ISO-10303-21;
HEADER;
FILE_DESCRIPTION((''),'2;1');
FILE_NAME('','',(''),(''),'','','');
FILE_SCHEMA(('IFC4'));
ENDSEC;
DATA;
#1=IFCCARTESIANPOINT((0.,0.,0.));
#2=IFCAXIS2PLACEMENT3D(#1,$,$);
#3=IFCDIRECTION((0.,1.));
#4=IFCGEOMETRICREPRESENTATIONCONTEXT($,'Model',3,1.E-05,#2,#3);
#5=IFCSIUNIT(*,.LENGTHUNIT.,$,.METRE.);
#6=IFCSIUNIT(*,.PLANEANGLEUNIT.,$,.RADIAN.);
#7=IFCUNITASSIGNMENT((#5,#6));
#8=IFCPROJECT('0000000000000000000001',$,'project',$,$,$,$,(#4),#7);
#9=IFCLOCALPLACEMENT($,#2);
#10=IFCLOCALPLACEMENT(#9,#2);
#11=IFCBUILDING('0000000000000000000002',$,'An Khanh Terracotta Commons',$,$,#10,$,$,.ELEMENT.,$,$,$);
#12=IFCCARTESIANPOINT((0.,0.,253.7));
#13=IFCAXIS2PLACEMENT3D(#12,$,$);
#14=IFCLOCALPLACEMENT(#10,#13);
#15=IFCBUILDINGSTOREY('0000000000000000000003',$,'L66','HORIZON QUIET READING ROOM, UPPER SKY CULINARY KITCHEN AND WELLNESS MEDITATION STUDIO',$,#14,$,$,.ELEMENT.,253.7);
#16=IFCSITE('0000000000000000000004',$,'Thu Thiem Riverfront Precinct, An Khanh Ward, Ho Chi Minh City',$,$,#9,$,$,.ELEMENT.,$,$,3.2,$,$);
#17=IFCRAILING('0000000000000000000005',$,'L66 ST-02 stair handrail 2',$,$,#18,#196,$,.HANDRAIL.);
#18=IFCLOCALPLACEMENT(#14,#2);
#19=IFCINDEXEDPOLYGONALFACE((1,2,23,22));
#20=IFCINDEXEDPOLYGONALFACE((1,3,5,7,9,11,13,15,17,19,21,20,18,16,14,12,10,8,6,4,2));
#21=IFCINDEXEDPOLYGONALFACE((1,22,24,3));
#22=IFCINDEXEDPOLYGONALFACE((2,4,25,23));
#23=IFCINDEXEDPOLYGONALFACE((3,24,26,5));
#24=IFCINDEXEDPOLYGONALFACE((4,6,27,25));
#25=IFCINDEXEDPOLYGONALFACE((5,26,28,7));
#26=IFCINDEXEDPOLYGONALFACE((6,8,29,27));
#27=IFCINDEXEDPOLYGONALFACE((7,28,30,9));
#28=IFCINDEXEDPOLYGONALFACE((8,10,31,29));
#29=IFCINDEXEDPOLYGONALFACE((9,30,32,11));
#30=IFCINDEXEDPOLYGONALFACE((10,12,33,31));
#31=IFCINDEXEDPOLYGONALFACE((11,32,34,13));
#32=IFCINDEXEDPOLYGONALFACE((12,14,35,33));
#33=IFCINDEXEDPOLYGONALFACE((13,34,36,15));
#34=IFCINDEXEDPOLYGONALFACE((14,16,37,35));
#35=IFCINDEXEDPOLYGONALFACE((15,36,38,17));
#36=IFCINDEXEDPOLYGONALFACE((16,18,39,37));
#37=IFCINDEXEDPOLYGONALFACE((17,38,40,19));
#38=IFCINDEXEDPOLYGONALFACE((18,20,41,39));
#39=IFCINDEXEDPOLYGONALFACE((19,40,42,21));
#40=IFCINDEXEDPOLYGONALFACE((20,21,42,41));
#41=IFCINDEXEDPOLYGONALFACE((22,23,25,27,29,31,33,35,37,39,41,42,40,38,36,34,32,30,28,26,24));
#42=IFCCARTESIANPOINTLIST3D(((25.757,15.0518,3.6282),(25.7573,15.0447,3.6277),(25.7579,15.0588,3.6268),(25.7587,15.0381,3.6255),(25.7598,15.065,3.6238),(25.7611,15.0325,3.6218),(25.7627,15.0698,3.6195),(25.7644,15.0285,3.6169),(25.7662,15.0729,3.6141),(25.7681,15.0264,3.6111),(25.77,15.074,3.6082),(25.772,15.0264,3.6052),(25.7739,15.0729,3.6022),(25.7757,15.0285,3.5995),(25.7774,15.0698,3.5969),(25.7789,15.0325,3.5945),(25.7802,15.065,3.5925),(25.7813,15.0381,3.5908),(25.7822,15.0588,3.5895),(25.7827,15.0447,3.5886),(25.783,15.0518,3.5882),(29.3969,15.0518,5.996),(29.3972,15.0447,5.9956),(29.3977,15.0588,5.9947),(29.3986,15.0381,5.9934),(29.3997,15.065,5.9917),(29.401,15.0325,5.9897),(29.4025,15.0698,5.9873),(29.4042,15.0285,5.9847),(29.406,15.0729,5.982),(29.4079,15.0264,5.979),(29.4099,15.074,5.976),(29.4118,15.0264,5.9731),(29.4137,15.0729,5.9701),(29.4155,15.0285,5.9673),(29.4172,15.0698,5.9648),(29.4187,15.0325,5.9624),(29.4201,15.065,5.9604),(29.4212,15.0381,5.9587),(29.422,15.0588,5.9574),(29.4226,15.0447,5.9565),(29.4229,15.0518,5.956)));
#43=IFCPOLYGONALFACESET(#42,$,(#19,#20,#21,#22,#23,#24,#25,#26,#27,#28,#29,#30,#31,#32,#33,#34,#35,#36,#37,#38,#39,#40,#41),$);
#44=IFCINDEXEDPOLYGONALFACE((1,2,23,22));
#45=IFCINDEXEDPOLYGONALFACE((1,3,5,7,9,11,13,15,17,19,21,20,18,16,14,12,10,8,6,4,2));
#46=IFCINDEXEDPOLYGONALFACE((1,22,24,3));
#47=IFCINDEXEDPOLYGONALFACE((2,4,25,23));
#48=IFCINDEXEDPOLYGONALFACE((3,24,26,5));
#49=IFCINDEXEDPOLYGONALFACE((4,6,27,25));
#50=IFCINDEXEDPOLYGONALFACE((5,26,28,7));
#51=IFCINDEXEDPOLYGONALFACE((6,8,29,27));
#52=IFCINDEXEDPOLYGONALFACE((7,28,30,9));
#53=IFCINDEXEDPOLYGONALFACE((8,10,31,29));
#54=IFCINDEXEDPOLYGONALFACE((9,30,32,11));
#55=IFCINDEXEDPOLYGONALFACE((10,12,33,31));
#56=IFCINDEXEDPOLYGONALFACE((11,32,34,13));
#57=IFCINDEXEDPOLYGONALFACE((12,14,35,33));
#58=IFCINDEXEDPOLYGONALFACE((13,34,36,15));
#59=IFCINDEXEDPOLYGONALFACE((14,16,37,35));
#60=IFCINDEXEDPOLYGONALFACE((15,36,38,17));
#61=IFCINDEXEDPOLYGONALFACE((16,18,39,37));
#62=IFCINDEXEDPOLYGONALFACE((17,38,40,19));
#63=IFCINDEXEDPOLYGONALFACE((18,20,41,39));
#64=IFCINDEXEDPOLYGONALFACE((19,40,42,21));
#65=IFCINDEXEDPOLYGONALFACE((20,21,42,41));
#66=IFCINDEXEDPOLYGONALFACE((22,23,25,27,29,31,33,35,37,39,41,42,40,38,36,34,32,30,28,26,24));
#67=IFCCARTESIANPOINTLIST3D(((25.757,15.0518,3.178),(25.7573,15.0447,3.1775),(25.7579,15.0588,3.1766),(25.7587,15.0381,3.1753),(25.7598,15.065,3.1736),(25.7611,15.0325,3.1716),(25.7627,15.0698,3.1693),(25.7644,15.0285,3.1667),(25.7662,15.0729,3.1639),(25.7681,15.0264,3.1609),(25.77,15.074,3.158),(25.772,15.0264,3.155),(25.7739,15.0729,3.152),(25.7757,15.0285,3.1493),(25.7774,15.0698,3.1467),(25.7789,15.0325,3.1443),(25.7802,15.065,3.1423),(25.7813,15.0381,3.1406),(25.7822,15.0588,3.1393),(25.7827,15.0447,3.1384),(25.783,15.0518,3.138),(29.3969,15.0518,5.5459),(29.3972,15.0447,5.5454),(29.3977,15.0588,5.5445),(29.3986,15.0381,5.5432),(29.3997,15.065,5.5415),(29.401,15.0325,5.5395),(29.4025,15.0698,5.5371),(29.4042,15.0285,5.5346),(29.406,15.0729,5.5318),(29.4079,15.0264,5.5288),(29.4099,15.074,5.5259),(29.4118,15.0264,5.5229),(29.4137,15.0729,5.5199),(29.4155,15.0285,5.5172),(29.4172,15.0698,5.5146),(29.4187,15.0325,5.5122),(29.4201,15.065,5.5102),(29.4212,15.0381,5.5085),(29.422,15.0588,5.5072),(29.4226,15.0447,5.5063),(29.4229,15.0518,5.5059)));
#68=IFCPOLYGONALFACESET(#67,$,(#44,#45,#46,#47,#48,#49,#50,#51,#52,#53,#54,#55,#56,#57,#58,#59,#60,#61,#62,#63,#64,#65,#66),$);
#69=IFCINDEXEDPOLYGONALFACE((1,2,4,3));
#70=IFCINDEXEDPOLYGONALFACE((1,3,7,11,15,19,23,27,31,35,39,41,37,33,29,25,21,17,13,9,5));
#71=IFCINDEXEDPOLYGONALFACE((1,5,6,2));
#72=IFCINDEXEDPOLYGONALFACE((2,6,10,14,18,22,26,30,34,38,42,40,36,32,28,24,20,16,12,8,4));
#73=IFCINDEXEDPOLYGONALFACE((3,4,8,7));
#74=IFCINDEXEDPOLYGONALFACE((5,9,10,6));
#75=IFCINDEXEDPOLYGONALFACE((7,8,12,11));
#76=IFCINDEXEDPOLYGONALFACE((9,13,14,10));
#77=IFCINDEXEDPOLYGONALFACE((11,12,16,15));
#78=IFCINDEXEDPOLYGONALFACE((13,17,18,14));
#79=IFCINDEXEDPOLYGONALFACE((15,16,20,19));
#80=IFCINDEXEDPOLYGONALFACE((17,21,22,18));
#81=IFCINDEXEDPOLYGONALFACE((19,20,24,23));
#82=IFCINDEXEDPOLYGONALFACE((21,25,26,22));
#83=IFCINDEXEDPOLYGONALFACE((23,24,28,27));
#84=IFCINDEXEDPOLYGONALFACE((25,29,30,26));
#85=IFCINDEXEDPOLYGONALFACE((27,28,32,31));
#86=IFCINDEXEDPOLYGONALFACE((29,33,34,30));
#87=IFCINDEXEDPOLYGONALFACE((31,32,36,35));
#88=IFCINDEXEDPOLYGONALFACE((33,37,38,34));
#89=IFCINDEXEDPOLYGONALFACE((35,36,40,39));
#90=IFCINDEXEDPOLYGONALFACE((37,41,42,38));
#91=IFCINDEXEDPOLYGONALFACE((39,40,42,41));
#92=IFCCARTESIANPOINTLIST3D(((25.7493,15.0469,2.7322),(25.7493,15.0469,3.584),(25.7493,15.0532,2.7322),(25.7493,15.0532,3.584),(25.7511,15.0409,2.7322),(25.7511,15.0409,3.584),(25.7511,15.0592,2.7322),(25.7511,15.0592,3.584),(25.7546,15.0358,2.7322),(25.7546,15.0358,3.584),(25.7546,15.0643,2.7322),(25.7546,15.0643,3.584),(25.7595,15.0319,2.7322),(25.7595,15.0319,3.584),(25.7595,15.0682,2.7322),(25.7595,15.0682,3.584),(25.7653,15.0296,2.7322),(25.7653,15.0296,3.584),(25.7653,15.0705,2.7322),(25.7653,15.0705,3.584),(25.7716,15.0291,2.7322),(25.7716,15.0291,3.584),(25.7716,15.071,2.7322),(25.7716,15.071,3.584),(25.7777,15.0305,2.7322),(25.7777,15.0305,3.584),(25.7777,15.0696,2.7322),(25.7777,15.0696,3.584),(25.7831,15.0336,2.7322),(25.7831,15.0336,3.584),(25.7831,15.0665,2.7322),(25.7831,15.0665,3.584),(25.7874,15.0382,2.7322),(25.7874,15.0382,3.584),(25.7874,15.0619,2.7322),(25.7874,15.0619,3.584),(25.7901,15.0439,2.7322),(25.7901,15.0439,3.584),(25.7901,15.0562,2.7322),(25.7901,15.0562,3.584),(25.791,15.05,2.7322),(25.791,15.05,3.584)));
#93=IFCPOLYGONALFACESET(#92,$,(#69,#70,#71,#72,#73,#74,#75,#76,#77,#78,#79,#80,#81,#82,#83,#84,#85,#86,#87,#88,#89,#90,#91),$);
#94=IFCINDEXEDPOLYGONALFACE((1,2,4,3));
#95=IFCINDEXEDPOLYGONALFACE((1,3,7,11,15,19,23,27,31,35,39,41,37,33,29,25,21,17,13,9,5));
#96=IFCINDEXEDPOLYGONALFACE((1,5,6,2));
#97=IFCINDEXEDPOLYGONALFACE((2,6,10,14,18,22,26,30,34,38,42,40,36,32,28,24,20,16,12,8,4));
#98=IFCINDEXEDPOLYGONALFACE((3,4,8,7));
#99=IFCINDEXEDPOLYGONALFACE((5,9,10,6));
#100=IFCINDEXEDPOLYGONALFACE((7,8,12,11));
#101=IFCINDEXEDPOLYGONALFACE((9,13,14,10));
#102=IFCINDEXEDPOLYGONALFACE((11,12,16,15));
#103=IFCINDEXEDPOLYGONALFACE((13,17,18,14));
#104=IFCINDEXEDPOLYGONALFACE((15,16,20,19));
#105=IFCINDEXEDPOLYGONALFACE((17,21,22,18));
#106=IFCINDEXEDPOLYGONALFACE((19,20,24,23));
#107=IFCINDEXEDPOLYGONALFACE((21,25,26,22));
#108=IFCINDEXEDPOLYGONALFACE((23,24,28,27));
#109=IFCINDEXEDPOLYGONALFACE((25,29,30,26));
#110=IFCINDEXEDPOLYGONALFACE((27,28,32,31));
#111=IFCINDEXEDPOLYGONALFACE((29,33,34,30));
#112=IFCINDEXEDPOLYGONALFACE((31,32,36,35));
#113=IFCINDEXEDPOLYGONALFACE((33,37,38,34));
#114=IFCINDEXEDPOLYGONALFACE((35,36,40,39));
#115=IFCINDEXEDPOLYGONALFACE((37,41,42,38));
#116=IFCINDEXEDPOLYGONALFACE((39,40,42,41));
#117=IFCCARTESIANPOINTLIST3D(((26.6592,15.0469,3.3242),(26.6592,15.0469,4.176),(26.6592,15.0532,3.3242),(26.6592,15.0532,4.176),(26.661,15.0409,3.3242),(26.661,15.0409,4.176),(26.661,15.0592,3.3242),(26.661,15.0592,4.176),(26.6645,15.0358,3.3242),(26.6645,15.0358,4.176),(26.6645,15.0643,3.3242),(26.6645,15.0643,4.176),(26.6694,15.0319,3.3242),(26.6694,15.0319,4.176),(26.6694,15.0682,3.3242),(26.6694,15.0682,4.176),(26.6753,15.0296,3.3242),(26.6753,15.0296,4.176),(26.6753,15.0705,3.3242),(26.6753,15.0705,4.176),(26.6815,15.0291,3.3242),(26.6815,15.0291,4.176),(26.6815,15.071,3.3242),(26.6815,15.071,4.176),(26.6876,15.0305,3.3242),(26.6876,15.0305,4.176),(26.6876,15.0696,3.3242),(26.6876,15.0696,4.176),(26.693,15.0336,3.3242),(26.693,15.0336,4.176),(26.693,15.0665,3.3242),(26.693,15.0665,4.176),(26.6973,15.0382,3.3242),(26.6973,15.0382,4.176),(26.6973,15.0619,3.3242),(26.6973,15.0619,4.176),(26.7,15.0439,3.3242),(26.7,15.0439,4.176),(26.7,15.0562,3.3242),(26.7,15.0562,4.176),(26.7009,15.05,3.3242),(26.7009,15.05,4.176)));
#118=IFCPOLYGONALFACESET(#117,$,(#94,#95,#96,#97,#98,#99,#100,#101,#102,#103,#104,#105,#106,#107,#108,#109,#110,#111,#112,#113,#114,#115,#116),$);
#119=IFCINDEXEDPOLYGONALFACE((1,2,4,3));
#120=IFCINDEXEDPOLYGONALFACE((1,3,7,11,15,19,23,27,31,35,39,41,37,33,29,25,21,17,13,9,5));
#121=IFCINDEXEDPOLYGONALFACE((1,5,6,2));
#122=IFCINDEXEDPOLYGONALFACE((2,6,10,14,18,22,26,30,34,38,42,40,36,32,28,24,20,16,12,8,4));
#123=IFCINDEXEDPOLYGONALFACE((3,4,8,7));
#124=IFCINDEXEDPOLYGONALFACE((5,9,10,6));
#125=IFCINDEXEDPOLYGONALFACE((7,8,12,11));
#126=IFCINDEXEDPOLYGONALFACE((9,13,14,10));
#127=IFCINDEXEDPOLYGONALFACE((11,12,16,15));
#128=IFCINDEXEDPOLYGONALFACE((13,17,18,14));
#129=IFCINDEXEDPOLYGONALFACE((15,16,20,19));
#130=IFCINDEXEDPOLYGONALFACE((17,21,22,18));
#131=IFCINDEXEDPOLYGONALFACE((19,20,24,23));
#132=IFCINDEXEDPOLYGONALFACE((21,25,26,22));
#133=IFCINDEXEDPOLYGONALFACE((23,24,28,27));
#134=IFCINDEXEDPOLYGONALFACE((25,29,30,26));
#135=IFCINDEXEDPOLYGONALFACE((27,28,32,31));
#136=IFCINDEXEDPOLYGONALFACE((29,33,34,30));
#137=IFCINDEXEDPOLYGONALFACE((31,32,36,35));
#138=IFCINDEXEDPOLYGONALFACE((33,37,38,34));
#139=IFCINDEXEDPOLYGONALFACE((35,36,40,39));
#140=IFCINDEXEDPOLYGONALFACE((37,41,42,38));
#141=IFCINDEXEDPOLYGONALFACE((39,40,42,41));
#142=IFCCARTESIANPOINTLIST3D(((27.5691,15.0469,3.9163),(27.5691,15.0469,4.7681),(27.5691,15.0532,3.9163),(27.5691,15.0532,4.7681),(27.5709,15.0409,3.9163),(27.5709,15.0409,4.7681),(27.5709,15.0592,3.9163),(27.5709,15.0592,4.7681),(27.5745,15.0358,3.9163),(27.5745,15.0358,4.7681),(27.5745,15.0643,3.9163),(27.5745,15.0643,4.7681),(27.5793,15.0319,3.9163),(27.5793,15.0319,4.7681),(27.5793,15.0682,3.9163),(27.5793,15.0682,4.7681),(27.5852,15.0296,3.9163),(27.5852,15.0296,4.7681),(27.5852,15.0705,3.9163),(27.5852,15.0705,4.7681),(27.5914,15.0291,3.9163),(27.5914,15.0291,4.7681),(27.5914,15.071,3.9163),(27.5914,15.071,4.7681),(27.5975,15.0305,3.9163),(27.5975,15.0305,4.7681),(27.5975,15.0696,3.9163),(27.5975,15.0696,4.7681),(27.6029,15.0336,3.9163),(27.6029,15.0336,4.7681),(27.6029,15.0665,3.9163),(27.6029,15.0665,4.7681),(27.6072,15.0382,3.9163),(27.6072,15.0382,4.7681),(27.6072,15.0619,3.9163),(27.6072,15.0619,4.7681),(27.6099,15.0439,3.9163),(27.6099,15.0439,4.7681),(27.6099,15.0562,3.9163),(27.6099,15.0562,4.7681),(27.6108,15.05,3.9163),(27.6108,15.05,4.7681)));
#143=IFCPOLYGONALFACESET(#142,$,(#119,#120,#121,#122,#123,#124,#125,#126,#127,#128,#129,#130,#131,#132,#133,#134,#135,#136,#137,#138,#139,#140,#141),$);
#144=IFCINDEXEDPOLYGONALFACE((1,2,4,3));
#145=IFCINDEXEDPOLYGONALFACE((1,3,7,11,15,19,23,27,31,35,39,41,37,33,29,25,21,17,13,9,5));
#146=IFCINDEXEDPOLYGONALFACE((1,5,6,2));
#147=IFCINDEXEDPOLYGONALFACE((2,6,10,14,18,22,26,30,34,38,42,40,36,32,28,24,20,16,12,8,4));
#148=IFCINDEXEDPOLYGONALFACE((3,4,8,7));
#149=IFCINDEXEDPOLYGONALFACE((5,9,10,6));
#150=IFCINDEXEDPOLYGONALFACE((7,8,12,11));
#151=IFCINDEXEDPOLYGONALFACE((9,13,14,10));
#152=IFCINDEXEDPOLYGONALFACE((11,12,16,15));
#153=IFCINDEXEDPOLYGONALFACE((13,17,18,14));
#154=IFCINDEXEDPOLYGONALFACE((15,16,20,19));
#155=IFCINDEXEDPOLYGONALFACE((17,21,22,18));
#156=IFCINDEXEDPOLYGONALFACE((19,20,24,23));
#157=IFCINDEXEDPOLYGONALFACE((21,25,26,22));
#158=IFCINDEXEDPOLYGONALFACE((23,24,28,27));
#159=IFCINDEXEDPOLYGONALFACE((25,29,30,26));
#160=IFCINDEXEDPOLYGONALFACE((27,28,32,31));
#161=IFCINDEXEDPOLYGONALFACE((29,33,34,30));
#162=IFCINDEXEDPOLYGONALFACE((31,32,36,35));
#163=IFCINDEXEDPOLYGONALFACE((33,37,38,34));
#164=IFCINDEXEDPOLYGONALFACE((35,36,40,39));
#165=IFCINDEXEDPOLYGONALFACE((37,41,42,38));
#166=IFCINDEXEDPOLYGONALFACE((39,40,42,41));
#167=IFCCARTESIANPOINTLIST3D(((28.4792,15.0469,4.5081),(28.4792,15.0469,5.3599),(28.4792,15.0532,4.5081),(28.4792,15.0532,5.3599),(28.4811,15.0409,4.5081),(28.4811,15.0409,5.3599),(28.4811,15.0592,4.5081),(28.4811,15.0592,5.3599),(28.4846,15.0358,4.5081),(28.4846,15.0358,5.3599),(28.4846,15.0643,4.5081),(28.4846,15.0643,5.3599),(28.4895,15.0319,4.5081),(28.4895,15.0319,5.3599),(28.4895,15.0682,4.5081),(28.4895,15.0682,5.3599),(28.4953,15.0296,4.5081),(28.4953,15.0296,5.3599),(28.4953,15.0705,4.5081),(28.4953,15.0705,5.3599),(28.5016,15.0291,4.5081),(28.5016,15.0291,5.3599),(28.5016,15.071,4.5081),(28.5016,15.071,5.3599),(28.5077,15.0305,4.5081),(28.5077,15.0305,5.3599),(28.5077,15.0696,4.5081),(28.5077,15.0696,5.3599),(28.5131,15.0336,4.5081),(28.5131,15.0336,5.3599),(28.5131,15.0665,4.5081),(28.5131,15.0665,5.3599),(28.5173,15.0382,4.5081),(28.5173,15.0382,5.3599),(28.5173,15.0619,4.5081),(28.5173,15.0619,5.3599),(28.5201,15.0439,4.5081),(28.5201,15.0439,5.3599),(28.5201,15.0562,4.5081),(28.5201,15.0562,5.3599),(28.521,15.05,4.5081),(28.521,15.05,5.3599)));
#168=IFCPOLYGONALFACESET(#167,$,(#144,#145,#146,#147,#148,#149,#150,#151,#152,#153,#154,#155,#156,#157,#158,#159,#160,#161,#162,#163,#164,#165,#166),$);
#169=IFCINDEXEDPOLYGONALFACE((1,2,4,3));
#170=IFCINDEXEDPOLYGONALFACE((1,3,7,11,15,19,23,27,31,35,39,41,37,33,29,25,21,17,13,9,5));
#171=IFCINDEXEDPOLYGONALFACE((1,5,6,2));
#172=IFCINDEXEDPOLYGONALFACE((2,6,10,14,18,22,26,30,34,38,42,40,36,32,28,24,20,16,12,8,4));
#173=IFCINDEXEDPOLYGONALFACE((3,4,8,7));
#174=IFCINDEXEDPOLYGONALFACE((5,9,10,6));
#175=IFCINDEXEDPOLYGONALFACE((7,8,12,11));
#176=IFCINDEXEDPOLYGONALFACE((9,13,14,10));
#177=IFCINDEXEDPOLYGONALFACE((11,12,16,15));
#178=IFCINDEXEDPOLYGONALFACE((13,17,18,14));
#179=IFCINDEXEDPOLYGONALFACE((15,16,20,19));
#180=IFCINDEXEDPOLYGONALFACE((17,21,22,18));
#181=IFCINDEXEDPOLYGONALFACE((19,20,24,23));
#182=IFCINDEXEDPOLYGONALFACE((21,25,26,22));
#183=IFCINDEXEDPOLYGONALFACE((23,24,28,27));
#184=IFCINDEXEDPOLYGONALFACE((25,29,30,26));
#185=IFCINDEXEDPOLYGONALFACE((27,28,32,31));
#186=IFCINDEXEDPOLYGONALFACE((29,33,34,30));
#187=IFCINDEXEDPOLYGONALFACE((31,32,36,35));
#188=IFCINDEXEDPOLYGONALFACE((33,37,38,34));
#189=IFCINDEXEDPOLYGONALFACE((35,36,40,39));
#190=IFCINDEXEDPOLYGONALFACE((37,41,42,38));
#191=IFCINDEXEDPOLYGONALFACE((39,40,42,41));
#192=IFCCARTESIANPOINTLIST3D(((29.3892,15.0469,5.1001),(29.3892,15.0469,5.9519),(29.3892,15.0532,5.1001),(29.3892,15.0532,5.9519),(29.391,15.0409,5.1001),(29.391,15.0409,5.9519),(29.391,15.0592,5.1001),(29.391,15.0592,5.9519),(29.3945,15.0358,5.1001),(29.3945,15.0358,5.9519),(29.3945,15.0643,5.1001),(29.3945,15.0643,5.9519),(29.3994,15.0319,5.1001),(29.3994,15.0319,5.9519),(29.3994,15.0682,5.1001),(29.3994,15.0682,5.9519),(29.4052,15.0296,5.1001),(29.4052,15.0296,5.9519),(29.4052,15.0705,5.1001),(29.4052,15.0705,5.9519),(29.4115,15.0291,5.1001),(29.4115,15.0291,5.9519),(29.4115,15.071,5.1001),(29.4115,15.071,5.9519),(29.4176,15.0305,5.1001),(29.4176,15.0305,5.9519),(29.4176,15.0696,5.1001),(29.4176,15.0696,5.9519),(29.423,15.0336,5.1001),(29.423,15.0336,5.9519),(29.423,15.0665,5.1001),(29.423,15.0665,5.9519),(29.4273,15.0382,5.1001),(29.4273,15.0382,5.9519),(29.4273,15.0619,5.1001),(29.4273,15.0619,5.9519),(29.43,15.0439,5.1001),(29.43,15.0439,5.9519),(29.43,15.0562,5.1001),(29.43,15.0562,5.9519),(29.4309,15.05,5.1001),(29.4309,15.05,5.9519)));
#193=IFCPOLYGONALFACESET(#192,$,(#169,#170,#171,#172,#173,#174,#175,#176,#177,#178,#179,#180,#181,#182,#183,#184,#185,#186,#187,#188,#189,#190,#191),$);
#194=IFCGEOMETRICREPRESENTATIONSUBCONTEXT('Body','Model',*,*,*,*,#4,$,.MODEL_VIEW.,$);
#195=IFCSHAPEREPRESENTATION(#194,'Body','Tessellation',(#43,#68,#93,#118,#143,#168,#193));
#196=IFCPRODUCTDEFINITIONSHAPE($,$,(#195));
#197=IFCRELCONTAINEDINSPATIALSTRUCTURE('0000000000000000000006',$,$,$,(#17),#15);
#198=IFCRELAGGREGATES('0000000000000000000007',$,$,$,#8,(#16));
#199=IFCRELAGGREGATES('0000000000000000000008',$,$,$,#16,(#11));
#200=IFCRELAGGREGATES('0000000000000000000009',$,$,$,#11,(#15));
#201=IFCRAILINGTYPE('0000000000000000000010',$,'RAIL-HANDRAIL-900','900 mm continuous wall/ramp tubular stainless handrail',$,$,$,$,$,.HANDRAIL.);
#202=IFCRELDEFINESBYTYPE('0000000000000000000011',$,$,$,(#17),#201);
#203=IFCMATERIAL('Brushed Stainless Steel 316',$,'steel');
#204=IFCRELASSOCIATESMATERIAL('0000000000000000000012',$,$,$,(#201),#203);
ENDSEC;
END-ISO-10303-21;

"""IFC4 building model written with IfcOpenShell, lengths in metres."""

from ifc_helpers import new_model, si_unit, direction, frame, origin, origin_2d, place, context, subcontext, project, spatial, circle, extrude, material, type_object, element, save


model = new_model("IFC4")

# Units and contexts
model_context = context("Model", 3, precision=1e-05, world=origin(), true_north=direction((0.0, 1.0)))
body_context = subcontext(model_context, "Body", "Model", "MODEL_VIEW")
ifc_project = project(units=[si_unit("LENGTHUNIT", "METRE"), si_unit("PLANEANGLEUNIT", "RADIAN")], contexts=[model_context])

# Site, building, storey
site_placement = place(None, origin())
site = spatial("IfcSite", under=ifc_project, at=site_placement, Name="Thu Thiem Riverfront Precinct, An Khanh Ward, Ho Chi Minh City", CompositionType="ELEMENT", RefElevation=3.2)
building_placement = place(site_placement, origin())
building = spatial("IfcBuilding", under=site, at=building_placement, Name="An Khanh Terracotta Commons", CompositionType="ELEMENT")
storey_placement = place(building_placement, frame((0.0, 0.0, 253.7)))
storey = spatial("IfcBuildingStorey", under=building, at=storey_placement, Name="L66", Description="HORIZON QUIET READING ROOM, UPPER SKY CULINARY KITCHEN AND WELLNESS MEDITATION STUDIO", CompositionType="ELEMENT", Elevation=253.7)

# Railing
ifc_material_1 = material(Name="Brushed Stainless Steel 316", Category="steel")
railing_type_1 = type_object("IfcRailingType", Name="RAIL-HANDRAIL-900", Description="900 mm continuous wall/ramp tubular stainless handrail", PredefinedType="HANDRAIL", material=ifc_material_1)
railing_1_placement = place(storey_placement, frame((25.77, 15.05, 2.7322)))
element("IfcRailing", 1, at=railing_1_placement, inside=storey, type_object=railing_type_1, Name="L66 ST-02 stair handrail 2", PredefinedType="HANDRAIL", context=body_context, shape_type="SweptSolid", body=[
    extrude(circle(Radius=0.0239, at=origin_2d()), frame((0.0, 0.0, 0.876), z_axis=(0.838234, 0.0, 0.54531), x_axis=(0.0, 1.0, 0.0)), (0.0, 0.0, 1.0), 4.3423),
    extrude(circle(Radius=0.0239, at=origin_2d()), frame((0.0, 0.0, 0.4258), z_axis=(0.838234, 0.0, 0.54531), x_axis=(0.0, 1.0, 0.0)), (0.0, 0.0, 1.0), 4.3423),
    extrude(circle(Radius=0.021, at=origin_2d()), origin(), (0.0, 0.0, 1.0), 0.8518),
    extrude(circle(Radius=0.021, at=origin_2d()), frame((0.9099, 0.0, 0.592)), (0.0, 0.0, 1.0), 0.8518),
    extrude(circle(Radius=0.021, at=origin_2d()), frame((1.8198, 0.0, 1.1841)), (0.0, 0.0, 1.0), 0.8518),
    extrude(circle(Radius=0.021, at=origin_2d()), frame((2.73, 0.0, 1.7759)), (0.0, 0.0, 1.0), 0.8518),
    extrude(circle(Radius=0.021, at=origin_2d()), frame((3.6399, 0.0, 2.3679)), (0.0, 0.0, 1.0), 0.8518),
])

save(model, "model.ifc")
